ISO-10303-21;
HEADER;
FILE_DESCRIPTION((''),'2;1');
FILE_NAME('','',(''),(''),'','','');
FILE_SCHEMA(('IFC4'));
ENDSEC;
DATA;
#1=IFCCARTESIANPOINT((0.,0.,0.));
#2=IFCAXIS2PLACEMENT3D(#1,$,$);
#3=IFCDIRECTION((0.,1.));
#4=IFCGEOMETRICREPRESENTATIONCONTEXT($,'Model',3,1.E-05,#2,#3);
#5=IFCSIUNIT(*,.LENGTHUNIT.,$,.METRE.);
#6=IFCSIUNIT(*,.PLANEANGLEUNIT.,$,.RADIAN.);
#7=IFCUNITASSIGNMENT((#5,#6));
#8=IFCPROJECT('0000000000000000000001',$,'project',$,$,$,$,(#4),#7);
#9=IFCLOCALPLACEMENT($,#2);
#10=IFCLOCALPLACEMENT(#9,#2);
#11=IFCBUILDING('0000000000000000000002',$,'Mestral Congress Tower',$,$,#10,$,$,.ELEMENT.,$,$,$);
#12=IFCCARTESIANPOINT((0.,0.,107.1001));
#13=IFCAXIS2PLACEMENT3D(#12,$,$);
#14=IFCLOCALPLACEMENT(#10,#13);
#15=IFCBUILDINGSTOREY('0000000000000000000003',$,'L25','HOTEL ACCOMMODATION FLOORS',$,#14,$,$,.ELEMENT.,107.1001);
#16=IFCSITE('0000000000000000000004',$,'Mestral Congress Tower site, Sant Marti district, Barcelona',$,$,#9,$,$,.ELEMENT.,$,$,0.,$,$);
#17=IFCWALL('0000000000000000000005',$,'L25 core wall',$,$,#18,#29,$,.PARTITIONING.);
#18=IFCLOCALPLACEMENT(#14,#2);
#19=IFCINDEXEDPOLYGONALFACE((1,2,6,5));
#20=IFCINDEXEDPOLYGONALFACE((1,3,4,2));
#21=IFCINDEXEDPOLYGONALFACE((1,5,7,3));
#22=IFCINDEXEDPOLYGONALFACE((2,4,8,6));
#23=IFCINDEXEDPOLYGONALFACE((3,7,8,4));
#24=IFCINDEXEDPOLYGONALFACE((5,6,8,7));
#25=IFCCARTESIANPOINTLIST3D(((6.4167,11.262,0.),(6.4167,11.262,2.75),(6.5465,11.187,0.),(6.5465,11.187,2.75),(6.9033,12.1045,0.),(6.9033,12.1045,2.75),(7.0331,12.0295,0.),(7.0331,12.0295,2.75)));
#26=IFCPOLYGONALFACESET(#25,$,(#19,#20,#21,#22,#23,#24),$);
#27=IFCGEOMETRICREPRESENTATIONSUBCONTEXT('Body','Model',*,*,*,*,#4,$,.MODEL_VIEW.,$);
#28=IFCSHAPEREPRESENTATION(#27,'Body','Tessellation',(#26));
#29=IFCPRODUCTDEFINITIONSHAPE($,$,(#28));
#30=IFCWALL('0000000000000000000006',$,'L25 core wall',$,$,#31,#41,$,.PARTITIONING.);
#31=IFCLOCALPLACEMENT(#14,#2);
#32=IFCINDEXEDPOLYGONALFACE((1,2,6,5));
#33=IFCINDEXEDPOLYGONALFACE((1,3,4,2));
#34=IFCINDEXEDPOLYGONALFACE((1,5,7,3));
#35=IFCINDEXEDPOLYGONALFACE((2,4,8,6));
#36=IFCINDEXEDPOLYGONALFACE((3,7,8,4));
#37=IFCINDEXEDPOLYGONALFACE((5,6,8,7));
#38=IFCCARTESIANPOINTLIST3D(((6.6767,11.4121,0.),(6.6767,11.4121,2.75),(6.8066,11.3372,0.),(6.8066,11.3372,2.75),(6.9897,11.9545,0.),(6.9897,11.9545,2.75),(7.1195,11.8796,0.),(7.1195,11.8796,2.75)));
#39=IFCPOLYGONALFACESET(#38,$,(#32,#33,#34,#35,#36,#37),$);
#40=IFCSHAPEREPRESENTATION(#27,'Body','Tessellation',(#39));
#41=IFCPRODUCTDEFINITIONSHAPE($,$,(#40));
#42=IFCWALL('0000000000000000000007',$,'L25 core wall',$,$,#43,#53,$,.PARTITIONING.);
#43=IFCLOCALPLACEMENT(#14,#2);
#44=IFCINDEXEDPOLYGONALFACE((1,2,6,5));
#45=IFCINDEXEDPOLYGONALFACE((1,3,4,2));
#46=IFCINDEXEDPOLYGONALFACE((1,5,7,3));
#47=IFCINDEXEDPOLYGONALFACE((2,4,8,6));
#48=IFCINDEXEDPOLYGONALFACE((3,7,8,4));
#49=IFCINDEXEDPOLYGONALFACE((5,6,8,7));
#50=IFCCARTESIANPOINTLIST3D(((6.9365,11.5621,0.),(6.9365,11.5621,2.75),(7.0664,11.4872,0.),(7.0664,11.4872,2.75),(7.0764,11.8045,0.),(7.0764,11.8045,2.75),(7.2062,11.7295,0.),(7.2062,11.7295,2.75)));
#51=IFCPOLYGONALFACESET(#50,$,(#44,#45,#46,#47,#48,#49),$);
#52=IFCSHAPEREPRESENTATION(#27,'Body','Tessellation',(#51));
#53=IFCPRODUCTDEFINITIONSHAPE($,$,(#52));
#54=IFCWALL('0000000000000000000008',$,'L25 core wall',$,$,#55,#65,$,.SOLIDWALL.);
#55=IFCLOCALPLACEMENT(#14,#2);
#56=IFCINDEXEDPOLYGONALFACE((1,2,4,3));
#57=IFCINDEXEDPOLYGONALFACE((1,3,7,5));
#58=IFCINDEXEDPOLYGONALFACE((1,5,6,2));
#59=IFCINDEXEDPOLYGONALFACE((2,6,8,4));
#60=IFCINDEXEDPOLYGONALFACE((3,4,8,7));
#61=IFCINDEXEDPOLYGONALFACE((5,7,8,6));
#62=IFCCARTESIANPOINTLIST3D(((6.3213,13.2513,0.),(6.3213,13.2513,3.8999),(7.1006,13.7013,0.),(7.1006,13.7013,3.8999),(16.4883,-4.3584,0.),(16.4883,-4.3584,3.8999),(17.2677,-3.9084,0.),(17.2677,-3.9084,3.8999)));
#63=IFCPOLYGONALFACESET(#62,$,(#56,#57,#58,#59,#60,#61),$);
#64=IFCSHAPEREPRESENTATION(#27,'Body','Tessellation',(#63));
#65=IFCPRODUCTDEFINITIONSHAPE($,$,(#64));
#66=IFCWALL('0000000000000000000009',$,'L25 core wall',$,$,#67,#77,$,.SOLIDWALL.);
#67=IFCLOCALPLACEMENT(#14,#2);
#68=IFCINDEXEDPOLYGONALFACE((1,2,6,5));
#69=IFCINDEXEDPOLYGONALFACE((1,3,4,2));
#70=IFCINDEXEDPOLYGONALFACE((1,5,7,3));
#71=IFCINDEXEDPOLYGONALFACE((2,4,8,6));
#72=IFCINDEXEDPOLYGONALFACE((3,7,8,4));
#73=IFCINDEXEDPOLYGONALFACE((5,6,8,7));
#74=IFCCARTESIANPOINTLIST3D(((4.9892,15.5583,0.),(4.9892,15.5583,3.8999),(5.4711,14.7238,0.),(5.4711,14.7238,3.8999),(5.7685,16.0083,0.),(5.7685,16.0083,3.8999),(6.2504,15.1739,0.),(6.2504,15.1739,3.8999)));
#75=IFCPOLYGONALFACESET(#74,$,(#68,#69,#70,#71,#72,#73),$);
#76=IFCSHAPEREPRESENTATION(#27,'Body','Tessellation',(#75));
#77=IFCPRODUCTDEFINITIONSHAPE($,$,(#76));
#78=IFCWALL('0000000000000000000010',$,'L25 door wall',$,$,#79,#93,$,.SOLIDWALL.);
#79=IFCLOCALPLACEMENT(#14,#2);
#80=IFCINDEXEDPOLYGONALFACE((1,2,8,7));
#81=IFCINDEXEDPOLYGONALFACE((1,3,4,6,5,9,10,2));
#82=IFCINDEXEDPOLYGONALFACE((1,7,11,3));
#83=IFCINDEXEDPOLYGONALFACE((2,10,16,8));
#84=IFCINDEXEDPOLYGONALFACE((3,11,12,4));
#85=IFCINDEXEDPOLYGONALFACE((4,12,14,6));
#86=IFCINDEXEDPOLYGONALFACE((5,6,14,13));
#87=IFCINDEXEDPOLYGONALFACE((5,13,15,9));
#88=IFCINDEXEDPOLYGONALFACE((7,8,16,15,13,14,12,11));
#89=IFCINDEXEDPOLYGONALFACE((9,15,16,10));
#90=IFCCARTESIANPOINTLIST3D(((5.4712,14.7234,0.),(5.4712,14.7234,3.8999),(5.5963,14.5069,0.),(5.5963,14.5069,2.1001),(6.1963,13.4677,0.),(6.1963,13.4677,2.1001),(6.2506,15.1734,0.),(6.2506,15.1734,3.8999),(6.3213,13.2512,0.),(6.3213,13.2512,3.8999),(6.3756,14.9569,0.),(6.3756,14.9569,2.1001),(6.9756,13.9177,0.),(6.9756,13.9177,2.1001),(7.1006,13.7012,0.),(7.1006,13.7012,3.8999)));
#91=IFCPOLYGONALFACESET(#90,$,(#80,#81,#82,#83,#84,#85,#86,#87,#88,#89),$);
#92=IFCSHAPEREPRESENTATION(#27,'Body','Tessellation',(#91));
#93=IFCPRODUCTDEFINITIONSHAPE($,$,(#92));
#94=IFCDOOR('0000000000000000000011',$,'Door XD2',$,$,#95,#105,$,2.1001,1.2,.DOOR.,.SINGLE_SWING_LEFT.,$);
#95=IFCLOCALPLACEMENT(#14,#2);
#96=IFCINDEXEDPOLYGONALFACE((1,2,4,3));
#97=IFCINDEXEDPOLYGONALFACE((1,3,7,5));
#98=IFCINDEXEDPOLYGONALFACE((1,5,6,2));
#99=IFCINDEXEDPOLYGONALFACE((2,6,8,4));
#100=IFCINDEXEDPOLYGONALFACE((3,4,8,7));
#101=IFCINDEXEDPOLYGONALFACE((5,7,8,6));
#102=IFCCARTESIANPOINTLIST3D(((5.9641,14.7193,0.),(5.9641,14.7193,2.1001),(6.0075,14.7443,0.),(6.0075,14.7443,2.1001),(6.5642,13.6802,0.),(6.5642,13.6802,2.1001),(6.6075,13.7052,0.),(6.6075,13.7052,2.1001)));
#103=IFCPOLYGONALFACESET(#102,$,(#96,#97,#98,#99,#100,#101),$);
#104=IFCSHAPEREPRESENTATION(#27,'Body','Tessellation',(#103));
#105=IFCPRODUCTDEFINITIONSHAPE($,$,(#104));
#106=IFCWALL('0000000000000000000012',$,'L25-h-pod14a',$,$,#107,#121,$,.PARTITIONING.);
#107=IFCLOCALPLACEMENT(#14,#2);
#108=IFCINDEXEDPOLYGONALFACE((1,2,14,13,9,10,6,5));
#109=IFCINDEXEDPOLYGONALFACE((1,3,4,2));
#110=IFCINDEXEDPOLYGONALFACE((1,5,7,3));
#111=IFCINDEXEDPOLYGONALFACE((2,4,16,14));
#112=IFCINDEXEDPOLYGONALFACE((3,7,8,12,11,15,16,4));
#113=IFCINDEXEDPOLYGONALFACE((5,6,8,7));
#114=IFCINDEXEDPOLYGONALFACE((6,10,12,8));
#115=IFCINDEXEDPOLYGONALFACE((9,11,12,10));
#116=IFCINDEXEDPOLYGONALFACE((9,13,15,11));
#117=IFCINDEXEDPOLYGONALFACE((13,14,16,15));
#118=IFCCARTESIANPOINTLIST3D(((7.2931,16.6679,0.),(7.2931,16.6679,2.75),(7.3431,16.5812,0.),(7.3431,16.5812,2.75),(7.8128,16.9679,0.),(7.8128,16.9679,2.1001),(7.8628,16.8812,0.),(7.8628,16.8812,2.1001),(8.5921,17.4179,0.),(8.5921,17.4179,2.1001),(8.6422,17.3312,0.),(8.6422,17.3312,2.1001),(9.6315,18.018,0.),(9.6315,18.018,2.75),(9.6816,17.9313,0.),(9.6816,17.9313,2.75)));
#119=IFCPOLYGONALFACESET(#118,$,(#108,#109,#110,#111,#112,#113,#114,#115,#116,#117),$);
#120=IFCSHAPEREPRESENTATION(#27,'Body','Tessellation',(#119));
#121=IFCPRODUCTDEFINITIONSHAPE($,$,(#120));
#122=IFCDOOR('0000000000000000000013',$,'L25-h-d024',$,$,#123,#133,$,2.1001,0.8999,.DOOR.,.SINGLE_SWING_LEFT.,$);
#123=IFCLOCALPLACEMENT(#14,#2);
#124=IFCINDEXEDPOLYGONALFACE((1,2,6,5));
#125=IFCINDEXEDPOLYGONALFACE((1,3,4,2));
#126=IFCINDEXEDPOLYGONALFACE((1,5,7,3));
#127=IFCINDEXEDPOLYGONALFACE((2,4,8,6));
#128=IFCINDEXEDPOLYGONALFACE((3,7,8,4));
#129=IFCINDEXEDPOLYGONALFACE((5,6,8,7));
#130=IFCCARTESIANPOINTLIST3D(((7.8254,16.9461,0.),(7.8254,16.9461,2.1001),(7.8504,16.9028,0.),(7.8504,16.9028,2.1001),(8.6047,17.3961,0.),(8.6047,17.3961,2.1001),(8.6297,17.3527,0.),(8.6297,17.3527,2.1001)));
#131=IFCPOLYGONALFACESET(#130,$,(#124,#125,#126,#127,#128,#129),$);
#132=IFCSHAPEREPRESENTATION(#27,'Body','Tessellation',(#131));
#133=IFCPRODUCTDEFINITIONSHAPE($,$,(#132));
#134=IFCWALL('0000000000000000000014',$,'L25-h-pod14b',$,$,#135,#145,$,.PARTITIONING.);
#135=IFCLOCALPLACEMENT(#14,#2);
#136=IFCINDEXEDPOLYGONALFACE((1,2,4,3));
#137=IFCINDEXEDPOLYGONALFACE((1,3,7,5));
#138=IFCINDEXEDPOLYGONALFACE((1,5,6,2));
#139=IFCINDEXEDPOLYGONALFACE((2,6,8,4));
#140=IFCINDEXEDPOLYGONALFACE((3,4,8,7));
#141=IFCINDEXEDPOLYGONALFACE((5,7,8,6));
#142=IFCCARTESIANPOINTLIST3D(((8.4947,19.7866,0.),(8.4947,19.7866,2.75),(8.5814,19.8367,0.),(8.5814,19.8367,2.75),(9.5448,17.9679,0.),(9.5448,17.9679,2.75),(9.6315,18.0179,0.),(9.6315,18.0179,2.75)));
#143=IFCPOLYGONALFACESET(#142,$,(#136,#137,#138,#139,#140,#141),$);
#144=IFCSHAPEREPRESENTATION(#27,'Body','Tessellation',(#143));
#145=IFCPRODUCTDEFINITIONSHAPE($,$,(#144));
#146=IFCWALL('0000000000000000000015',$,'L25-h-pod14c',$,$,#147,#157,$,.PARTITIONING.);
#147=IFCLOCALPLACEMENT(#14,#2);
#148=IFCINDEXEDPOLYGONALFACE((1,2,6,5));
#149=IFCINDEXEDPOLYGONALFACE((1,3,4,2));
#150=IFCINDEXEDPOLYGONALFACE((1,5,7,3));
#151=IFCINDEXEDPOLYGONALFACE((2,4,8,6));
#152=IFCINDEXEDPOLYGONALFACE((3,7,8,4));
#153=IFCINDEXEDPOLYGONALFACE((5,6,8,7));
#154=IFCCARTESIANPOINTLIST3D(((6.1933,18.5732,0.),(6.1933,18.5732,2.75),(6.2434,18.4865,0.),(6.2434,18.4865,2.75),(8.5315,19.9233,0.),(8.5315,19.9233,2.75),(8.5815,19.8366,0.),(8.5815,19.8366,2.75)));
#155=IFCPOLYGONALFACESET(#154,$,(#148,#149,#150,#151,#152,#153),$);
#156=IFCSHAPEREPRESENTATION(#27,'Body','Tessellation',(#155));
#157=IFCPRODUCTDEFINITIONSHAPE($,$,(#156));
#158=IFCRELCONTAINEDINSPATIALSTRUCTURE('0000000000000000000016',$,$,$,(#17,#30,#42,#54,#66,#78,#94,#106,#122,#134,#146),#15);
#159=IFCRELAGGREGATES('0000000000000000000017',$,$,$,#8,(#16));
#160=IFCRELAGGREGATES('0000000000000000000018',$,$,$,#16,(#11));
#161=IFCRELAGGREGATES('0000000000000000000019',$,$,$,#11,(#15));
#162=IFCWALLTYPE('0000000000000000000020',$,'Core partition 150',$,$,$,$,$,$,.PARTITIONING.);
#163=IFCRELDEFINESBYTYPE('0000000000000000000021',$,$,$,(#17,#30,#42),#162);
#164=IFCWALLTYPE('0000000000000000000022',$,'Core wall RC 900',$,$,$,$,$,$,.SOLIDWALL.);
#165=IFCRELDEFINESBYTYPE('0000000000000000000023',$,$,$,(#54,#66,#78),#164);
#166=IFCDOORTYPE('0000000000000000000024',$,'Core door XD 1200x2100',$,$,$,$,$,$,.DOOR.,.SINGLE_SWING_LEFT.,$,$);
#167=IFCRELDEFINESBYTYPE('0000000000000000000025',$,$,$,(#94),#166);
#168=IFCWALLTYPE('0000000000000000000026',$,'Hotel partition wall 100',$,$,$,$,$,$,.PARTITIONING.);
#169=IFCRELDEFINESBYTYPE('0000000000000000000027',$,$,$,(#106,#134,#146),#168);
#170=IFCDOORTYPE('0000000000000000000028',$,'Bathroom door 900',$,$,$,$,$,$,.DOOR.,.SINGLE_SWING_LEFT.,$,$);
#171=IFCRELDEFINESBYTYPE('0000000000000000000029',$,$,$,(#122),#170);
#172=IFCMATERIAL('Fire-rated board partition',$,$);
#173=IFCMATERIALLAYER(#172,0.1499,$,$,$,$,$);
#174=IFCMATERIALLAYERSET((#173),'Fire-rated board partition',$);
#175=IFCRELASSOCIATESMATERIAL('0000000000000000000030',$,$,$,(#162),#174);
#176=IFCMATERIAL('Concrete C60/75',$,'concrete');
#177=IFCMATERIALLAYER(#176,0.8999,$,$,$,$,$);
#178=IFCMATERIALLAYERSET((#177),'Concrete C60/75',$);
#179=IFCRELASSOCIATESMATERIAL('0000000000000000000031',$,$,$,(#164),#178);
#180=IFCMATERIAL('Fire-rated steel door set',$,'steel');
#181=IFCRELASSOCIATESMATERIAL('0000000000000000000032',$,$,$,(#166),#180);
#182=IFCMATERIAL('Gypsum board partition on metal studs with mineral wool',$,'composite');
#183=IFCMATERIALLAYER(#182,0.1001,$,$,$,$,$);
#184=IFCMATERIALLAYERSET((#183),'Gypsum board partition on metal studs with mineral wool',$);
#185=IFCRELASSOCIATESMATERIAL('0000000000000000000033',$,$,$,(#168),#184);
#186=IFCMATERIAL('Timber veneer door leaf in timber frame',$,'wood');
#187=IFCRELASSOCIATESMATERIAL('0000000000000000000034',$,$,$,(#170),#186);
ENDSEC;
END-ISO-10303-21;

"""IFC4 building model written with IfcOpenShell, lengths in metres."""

from ifc_helpers import new_model, si_unit, direction, frame, frame_2d, origin, place, context, subcontext, project, spatial, rectangle, extrude, material, layer, layer_set, type_object, element, fill, save


model = new_model("IFC4")

# Units and contexts
model_context = context("Model", 3, precision=1e-05, world=origin(), true_north=direction((0.0, 1.0)))
body_context = subcontext(model_context, "Body", "Model", "MODEL_VIEW")
ifc_project = project(units=[si_unit("LENGTHUNIT", "METRE"), si_unit("PLANEANGLEUNIT", "RADIAN")], contexts=[model_context])

# Site, building, storey
site_placement = place(None, origin())
site = spatial("IfcSite", under=ifc_project, at=site_placement, Name="Mestral Congress Tower site, Sant Marti district, Barcelona", CompositionType="ELEMENT", RefElevation=0.0)
building_placement = place(site_placement, origin())
building = spatial("IfcBuilding", under=site, at=building_placement, Name="Mestral Congress Tower", CompositionType="ELEMENT")
storey_placement = place(building_placement, frame((0.0, 0.0, 107.1001)))
storey = spatial("IfcBuildingStorey", under=building, at=storey_placement, Name="L25", Description="HOTEL ACCOMMODATION FLOORS", CompositionType="ELEMENT", Elevation=107.1001)

# Walls
ifc_material_1 = material(Name="Fire-rated board partition")
ifc_layer_1 = layer(ifc_material_1, 0.1499)
ifc_layer_set_1 = layer_set([ifc_layer_1], Name="Fire-rated board partition")
wall_type_1 = type_object("IfcWallType", Name="Core partition 150", PredefinedType="PARTITIONING", material=ifc_layer_set_1)
wall_1_placement = place(storey_placement, frame((6.4817, 11.2246, 0.0), z_axis=(0.0, 0.0, 1.0), x_axis=(0.500106, 0.865964, 0.0)))
element("IfcWall", 1, at=wall_1_placement, inside=storey, type_object=wall_type_1, Name="L25 core wall", PredefinedType="PARTITIONING", context=body_context, shape_type="SweptSolid", body=[
    extrude(rectangle(XDim=0.9729, YDim=0.1499, at=frame_2d((0.4863, 0.0))), origin(), (0.0, 0.0, 1.0), 2.75),
])
wall_2_placement = place(storey_placement, frame((6.7417, 11.3748, 0.0), z_axis=(0.0, 0.0, 1.0), x_axis=(0.499745, 0.866173, 0.0)))
element("IfcWall", 2, at=wall_2_placement, inside=storey, type_object=wall_type_1, Name="L25 core wall", PredefinedType="PARTITIONING", context=body_context, shape_type="SweptSolid", body=[
    extrude(rectangle(XDim=0.6262, YDim=0.1499, at=frame_2d((0.313, 0.0))), origin(), (0.0, 0.0, 1.0), 2.75),
])
wall_3_placement = place(storey_placement, frame((7.0015, 11.5247, 0.0), z_axis=(0.0, 0.0, 1.0), x_axis=(0.499798, 0.866142, 0.0)))
element("IfcWall", 3, at=wall_3_placement, inside=storey, type_object=wall_type_1, Name="L25 core wall", PredefinedType="PARTITIONING", context=body_context, shape_type="SweptSolid", body=[
    extrude(rectangle(XDim=0.2798, YDim=0.1499, at=frame_2d((0.1399, 0.0))), origin(), (0.0, 0.0, 1.0), 2.75),
])
ifc_material_2 = material(Name="Concrete C60/75", Category="concrete")
ifc_layer_2 = layer(ifc_material_2, 0.8999)
ifc_layer_set_2 = layer_set([ifc_layer_2], Name="Concrete C60/75")
wall_type_2 = type_object("IfcWallType", Name="Core wall RC 900", PredefinedType="SOLIDWALL", material=ifc_layer_set_2)
wall_4_placement = place(storey_placement, frame((6.7109, 13.4763, 0.0), z_axis=(0.0, 0.0, 1.0), x_axis=(0.500003, -0.866024, 0.0)))
element("IfcWall", 4, at=wall_4_placement, inside=storey, type_object=wall_type_2, Name="L25 core wall", PredefinedType="SOLIDWALL", context=body_context, shape_type="SweptSolid", body=[
    extrude(rectangle(XDim=20.334, YDim=0.8999, at=frame_2d((10.167, 0.0))), origin(), (0.0, 0.0, 1.0), 3.8999),
])
wall_5_placement = place(storey_placement, frame((5.8608, 14.9487, 0.0), z_axis=(0.0, 0.0, 1.0), x_axis=(-0.500117, 0.865958, 0.0)))
element("IfcWall", 5, at=wall_5_placement, inside=storey, type_object=wall_type_2, Name="L25 core wall", PredefinedType="SOLIDWALL", context=body_context, shape_type="SweptSolid", body=[
    extrude(rectangle(XDim=0.9636, YDim=0.8999, at=frame_2d((0.4819, 0.0))), origin(), (0.0, 0.0, 1.0), 3.8999),
])

# Walls, openings, doors
wall_6_placement = place(storey_placement, frame((5.8608, 14.9485, 0.0), z_axis=(0.0, 0.0, 1.0), x_axis=(0.500062, -0.865989, 0.0)))
wall_6 = element("IfcWall", 6, at=wall_6_placement, inside=storey, type_object=wall_type_2, Name="L25 door wall", PredefinedType="SOLIDWALL", context=body_context, shape_type="SweptSolid", body=[
    extrude(rectangle(XDim=1.7, YDim=0.8999, at=frame_2d((0.8501, 0.0))), origin(), (0.0, 0.0, 1.0), 3.8999),
])
opening_1_placement = place(wall_6_placement, frame((0.25, 0.0, 0.0)))
opening_1 = element("IfcOpeningElement", 7, at=opening_1_placement, cuts=wall_6, PredefinedType="OPENING", context=body_context, shape_type="SweptSolid", body=[
    extrude(rectangle(XDim=1.2, YDim=2.1001, at=frame_2d((0.6001, 1.05))), frame((0.0, 0.46, 0.0), z_axis=(0.0, -1.0, 0.0), x_axis=(1.0, 0.0, 0.0)), (0.0, 0.0, 1.0), 0.9199),
])
ifc_material_3 = material(Name="Fire-rated steel door set", Category="steel")
door_type_1 = type_object("IfcDoorType", Name="Core door XD 1200x2100", OperationType="SINGLE_SWING_LEFT", PredefinedType="DOOR", material=ifc_material_3)
door_1_placement = place(opening_1_placement, origin())
door_1 = element("IfcDoor", 8, at=door_1_placement, inside=storey, type_object=door_type_1, Name="Door XD2", OperationType="SINGLE_SWING_LEFT", OverallHeight=2.1001, OverallWidth=1.2, PredefinedType="DOOR", context=body_context, shape_type="SweptSolid", body=[
    extrude(rectangle(XDim=1.2, YDim=2.1001, at=frame_2d((0.6001, 1.05))), frame((0.0, 0.0249, 0.0), z_axis=(0.0, -1.0, 0.0), x_axis=(1.0, 0.0, 0.0)), (0.0, 0.0, 1.0), 0.05),
])
fill(opening_1, door_1)
ifc_material_4 = material(Name="Gypsum board partition on metal studs with mineral wool", Category="composite")
ifc_layer_3 = layer(ifc_material_4, 0.1001)
ifc_layer_set_3 = layer_set([ifc_layer_3], Name="Gypsum board partition on metal studs with mineral wool")
wall_type_3 = type_object("IfcWallType", Name="Hotel partition wall 100", PredefinedType="PARTITIONING", material=ifc_layer_set_3)
wall_7_placement = place(storey_placement, frame((7.3181, 16.6245, 0.0), z_axis=(0.0, 0.0, 1.0), x_axis=(0.86602, 0.500009, 0.0)))
wall_7 = element("IfcWall", 9, at=wall_7_placement, inside=storey, type_object=wall_type_3, Name="L25-h-pod14a", PredefinedType="PARTITIONING", context=body_context, shape_type="SweptSolid", body=[
    extrude(rectangle(XDim=2.7002, YDim=0.1001, at=frame_2d((1.3501, 0.0))), origin(), (0.0, 0.0, 1.0), 2.75),
])
opening_2_placement = place(wall_7_placement, frame((0.6001, 0.0, 0.0)))
opening_2 = element("IfcOpeningElement", 10, at=opening_2_placement, cuts=wall_7, PredefinedType="OPENING", context=body_context, shape_type="SweptSolid", body=[
    extrude(rectangle(XDim=0.8999, YDim=2.1001, at=frame_2d((0.45, 1.05))), frame((0.0, 0.0601, 0.0), z_axis=(0.0, -1.0, 0.0), x_axis=(1.0, 0.0, 0.0)), (0.0, 0.0, 1.0), 0.1201),
])
ifc_material_5 = material(Name="Timber veneer door leaf in timber frame", Category="wood")
door_type_2 = type_object("IfcDoorType", Name="Bathroom door 900", OperationType="SINGLE_SWING_LEFT", PredefinedType="DOOR", material=ifc_material_5)
door_2_placement = place(opening_2_placement, origin())
door_2 = element("IfcDoor", 11, at=door_2_placement, inside=storey, type_object=door_type_2, Name="L25-h-d024", OperationType="SINGLE_SWING_LEFT", OverallHeight=2.1001, OverallWidth=0.8999, PredefinedType="DOOR", context=body_context, shape_type="SweptSolid", body=[
    extrude(rectangle(XDim=0.8999, YDim=2.1001, at=frame_2d((0.45, 1.05))), frame((0.0, 0.0249, 0.0), z_axis=(0.0, -1.0, 0.0), x_axis=(1.0, 0.0, 0.0)), (0.0, 0.0, 1.0), 0.05),
])
fill(opening_2, door_2)

# Walls
wall_8_placement = place(storey_placement, frame((9.5881, 17.9929, 0.0), z_axis=(0.0, 0.0, 1.0), x_axis=(-0.500028, 0.866009, 0.0)))
element("IfcWall", 12, at=wall_8_placement, inside=storey, type_object=wall_type_3, Name="L25-h-pod14b", PredefinedType="PARTITIONING", context=body_context, shape_type="SweptSolid", body=[
    extrude(rectangle(XDim=2.1001, YDim=0.1001, at=frame_2d((1.05, 0.0))), origin(), (0.0, 0.0, 1.0), 2.75),
])
wall_9_placement = place(storey_placement, frame((6.2183, 18.5298, 0.0), z_axis=(0.0, 0.0, 1.0), x_axis=(0.865997, 0.500049, 0.0)))
element("IfcWall", 13, at=wall_9_placement, inside=storey, type_object=wall_type_3, Name="L25-h-pod14c", PredefinedType="PARTITIONING", context=body_context, shape_type="SweptSolid", body=[
    extrude(rectangle(XDim=2.7, YDim=0.1001, at=frame_2d((1.3501, 0.0))), origin(), (0.0, 0.0, 1.0), 2.75),
])

save(model, "model.ifc")
